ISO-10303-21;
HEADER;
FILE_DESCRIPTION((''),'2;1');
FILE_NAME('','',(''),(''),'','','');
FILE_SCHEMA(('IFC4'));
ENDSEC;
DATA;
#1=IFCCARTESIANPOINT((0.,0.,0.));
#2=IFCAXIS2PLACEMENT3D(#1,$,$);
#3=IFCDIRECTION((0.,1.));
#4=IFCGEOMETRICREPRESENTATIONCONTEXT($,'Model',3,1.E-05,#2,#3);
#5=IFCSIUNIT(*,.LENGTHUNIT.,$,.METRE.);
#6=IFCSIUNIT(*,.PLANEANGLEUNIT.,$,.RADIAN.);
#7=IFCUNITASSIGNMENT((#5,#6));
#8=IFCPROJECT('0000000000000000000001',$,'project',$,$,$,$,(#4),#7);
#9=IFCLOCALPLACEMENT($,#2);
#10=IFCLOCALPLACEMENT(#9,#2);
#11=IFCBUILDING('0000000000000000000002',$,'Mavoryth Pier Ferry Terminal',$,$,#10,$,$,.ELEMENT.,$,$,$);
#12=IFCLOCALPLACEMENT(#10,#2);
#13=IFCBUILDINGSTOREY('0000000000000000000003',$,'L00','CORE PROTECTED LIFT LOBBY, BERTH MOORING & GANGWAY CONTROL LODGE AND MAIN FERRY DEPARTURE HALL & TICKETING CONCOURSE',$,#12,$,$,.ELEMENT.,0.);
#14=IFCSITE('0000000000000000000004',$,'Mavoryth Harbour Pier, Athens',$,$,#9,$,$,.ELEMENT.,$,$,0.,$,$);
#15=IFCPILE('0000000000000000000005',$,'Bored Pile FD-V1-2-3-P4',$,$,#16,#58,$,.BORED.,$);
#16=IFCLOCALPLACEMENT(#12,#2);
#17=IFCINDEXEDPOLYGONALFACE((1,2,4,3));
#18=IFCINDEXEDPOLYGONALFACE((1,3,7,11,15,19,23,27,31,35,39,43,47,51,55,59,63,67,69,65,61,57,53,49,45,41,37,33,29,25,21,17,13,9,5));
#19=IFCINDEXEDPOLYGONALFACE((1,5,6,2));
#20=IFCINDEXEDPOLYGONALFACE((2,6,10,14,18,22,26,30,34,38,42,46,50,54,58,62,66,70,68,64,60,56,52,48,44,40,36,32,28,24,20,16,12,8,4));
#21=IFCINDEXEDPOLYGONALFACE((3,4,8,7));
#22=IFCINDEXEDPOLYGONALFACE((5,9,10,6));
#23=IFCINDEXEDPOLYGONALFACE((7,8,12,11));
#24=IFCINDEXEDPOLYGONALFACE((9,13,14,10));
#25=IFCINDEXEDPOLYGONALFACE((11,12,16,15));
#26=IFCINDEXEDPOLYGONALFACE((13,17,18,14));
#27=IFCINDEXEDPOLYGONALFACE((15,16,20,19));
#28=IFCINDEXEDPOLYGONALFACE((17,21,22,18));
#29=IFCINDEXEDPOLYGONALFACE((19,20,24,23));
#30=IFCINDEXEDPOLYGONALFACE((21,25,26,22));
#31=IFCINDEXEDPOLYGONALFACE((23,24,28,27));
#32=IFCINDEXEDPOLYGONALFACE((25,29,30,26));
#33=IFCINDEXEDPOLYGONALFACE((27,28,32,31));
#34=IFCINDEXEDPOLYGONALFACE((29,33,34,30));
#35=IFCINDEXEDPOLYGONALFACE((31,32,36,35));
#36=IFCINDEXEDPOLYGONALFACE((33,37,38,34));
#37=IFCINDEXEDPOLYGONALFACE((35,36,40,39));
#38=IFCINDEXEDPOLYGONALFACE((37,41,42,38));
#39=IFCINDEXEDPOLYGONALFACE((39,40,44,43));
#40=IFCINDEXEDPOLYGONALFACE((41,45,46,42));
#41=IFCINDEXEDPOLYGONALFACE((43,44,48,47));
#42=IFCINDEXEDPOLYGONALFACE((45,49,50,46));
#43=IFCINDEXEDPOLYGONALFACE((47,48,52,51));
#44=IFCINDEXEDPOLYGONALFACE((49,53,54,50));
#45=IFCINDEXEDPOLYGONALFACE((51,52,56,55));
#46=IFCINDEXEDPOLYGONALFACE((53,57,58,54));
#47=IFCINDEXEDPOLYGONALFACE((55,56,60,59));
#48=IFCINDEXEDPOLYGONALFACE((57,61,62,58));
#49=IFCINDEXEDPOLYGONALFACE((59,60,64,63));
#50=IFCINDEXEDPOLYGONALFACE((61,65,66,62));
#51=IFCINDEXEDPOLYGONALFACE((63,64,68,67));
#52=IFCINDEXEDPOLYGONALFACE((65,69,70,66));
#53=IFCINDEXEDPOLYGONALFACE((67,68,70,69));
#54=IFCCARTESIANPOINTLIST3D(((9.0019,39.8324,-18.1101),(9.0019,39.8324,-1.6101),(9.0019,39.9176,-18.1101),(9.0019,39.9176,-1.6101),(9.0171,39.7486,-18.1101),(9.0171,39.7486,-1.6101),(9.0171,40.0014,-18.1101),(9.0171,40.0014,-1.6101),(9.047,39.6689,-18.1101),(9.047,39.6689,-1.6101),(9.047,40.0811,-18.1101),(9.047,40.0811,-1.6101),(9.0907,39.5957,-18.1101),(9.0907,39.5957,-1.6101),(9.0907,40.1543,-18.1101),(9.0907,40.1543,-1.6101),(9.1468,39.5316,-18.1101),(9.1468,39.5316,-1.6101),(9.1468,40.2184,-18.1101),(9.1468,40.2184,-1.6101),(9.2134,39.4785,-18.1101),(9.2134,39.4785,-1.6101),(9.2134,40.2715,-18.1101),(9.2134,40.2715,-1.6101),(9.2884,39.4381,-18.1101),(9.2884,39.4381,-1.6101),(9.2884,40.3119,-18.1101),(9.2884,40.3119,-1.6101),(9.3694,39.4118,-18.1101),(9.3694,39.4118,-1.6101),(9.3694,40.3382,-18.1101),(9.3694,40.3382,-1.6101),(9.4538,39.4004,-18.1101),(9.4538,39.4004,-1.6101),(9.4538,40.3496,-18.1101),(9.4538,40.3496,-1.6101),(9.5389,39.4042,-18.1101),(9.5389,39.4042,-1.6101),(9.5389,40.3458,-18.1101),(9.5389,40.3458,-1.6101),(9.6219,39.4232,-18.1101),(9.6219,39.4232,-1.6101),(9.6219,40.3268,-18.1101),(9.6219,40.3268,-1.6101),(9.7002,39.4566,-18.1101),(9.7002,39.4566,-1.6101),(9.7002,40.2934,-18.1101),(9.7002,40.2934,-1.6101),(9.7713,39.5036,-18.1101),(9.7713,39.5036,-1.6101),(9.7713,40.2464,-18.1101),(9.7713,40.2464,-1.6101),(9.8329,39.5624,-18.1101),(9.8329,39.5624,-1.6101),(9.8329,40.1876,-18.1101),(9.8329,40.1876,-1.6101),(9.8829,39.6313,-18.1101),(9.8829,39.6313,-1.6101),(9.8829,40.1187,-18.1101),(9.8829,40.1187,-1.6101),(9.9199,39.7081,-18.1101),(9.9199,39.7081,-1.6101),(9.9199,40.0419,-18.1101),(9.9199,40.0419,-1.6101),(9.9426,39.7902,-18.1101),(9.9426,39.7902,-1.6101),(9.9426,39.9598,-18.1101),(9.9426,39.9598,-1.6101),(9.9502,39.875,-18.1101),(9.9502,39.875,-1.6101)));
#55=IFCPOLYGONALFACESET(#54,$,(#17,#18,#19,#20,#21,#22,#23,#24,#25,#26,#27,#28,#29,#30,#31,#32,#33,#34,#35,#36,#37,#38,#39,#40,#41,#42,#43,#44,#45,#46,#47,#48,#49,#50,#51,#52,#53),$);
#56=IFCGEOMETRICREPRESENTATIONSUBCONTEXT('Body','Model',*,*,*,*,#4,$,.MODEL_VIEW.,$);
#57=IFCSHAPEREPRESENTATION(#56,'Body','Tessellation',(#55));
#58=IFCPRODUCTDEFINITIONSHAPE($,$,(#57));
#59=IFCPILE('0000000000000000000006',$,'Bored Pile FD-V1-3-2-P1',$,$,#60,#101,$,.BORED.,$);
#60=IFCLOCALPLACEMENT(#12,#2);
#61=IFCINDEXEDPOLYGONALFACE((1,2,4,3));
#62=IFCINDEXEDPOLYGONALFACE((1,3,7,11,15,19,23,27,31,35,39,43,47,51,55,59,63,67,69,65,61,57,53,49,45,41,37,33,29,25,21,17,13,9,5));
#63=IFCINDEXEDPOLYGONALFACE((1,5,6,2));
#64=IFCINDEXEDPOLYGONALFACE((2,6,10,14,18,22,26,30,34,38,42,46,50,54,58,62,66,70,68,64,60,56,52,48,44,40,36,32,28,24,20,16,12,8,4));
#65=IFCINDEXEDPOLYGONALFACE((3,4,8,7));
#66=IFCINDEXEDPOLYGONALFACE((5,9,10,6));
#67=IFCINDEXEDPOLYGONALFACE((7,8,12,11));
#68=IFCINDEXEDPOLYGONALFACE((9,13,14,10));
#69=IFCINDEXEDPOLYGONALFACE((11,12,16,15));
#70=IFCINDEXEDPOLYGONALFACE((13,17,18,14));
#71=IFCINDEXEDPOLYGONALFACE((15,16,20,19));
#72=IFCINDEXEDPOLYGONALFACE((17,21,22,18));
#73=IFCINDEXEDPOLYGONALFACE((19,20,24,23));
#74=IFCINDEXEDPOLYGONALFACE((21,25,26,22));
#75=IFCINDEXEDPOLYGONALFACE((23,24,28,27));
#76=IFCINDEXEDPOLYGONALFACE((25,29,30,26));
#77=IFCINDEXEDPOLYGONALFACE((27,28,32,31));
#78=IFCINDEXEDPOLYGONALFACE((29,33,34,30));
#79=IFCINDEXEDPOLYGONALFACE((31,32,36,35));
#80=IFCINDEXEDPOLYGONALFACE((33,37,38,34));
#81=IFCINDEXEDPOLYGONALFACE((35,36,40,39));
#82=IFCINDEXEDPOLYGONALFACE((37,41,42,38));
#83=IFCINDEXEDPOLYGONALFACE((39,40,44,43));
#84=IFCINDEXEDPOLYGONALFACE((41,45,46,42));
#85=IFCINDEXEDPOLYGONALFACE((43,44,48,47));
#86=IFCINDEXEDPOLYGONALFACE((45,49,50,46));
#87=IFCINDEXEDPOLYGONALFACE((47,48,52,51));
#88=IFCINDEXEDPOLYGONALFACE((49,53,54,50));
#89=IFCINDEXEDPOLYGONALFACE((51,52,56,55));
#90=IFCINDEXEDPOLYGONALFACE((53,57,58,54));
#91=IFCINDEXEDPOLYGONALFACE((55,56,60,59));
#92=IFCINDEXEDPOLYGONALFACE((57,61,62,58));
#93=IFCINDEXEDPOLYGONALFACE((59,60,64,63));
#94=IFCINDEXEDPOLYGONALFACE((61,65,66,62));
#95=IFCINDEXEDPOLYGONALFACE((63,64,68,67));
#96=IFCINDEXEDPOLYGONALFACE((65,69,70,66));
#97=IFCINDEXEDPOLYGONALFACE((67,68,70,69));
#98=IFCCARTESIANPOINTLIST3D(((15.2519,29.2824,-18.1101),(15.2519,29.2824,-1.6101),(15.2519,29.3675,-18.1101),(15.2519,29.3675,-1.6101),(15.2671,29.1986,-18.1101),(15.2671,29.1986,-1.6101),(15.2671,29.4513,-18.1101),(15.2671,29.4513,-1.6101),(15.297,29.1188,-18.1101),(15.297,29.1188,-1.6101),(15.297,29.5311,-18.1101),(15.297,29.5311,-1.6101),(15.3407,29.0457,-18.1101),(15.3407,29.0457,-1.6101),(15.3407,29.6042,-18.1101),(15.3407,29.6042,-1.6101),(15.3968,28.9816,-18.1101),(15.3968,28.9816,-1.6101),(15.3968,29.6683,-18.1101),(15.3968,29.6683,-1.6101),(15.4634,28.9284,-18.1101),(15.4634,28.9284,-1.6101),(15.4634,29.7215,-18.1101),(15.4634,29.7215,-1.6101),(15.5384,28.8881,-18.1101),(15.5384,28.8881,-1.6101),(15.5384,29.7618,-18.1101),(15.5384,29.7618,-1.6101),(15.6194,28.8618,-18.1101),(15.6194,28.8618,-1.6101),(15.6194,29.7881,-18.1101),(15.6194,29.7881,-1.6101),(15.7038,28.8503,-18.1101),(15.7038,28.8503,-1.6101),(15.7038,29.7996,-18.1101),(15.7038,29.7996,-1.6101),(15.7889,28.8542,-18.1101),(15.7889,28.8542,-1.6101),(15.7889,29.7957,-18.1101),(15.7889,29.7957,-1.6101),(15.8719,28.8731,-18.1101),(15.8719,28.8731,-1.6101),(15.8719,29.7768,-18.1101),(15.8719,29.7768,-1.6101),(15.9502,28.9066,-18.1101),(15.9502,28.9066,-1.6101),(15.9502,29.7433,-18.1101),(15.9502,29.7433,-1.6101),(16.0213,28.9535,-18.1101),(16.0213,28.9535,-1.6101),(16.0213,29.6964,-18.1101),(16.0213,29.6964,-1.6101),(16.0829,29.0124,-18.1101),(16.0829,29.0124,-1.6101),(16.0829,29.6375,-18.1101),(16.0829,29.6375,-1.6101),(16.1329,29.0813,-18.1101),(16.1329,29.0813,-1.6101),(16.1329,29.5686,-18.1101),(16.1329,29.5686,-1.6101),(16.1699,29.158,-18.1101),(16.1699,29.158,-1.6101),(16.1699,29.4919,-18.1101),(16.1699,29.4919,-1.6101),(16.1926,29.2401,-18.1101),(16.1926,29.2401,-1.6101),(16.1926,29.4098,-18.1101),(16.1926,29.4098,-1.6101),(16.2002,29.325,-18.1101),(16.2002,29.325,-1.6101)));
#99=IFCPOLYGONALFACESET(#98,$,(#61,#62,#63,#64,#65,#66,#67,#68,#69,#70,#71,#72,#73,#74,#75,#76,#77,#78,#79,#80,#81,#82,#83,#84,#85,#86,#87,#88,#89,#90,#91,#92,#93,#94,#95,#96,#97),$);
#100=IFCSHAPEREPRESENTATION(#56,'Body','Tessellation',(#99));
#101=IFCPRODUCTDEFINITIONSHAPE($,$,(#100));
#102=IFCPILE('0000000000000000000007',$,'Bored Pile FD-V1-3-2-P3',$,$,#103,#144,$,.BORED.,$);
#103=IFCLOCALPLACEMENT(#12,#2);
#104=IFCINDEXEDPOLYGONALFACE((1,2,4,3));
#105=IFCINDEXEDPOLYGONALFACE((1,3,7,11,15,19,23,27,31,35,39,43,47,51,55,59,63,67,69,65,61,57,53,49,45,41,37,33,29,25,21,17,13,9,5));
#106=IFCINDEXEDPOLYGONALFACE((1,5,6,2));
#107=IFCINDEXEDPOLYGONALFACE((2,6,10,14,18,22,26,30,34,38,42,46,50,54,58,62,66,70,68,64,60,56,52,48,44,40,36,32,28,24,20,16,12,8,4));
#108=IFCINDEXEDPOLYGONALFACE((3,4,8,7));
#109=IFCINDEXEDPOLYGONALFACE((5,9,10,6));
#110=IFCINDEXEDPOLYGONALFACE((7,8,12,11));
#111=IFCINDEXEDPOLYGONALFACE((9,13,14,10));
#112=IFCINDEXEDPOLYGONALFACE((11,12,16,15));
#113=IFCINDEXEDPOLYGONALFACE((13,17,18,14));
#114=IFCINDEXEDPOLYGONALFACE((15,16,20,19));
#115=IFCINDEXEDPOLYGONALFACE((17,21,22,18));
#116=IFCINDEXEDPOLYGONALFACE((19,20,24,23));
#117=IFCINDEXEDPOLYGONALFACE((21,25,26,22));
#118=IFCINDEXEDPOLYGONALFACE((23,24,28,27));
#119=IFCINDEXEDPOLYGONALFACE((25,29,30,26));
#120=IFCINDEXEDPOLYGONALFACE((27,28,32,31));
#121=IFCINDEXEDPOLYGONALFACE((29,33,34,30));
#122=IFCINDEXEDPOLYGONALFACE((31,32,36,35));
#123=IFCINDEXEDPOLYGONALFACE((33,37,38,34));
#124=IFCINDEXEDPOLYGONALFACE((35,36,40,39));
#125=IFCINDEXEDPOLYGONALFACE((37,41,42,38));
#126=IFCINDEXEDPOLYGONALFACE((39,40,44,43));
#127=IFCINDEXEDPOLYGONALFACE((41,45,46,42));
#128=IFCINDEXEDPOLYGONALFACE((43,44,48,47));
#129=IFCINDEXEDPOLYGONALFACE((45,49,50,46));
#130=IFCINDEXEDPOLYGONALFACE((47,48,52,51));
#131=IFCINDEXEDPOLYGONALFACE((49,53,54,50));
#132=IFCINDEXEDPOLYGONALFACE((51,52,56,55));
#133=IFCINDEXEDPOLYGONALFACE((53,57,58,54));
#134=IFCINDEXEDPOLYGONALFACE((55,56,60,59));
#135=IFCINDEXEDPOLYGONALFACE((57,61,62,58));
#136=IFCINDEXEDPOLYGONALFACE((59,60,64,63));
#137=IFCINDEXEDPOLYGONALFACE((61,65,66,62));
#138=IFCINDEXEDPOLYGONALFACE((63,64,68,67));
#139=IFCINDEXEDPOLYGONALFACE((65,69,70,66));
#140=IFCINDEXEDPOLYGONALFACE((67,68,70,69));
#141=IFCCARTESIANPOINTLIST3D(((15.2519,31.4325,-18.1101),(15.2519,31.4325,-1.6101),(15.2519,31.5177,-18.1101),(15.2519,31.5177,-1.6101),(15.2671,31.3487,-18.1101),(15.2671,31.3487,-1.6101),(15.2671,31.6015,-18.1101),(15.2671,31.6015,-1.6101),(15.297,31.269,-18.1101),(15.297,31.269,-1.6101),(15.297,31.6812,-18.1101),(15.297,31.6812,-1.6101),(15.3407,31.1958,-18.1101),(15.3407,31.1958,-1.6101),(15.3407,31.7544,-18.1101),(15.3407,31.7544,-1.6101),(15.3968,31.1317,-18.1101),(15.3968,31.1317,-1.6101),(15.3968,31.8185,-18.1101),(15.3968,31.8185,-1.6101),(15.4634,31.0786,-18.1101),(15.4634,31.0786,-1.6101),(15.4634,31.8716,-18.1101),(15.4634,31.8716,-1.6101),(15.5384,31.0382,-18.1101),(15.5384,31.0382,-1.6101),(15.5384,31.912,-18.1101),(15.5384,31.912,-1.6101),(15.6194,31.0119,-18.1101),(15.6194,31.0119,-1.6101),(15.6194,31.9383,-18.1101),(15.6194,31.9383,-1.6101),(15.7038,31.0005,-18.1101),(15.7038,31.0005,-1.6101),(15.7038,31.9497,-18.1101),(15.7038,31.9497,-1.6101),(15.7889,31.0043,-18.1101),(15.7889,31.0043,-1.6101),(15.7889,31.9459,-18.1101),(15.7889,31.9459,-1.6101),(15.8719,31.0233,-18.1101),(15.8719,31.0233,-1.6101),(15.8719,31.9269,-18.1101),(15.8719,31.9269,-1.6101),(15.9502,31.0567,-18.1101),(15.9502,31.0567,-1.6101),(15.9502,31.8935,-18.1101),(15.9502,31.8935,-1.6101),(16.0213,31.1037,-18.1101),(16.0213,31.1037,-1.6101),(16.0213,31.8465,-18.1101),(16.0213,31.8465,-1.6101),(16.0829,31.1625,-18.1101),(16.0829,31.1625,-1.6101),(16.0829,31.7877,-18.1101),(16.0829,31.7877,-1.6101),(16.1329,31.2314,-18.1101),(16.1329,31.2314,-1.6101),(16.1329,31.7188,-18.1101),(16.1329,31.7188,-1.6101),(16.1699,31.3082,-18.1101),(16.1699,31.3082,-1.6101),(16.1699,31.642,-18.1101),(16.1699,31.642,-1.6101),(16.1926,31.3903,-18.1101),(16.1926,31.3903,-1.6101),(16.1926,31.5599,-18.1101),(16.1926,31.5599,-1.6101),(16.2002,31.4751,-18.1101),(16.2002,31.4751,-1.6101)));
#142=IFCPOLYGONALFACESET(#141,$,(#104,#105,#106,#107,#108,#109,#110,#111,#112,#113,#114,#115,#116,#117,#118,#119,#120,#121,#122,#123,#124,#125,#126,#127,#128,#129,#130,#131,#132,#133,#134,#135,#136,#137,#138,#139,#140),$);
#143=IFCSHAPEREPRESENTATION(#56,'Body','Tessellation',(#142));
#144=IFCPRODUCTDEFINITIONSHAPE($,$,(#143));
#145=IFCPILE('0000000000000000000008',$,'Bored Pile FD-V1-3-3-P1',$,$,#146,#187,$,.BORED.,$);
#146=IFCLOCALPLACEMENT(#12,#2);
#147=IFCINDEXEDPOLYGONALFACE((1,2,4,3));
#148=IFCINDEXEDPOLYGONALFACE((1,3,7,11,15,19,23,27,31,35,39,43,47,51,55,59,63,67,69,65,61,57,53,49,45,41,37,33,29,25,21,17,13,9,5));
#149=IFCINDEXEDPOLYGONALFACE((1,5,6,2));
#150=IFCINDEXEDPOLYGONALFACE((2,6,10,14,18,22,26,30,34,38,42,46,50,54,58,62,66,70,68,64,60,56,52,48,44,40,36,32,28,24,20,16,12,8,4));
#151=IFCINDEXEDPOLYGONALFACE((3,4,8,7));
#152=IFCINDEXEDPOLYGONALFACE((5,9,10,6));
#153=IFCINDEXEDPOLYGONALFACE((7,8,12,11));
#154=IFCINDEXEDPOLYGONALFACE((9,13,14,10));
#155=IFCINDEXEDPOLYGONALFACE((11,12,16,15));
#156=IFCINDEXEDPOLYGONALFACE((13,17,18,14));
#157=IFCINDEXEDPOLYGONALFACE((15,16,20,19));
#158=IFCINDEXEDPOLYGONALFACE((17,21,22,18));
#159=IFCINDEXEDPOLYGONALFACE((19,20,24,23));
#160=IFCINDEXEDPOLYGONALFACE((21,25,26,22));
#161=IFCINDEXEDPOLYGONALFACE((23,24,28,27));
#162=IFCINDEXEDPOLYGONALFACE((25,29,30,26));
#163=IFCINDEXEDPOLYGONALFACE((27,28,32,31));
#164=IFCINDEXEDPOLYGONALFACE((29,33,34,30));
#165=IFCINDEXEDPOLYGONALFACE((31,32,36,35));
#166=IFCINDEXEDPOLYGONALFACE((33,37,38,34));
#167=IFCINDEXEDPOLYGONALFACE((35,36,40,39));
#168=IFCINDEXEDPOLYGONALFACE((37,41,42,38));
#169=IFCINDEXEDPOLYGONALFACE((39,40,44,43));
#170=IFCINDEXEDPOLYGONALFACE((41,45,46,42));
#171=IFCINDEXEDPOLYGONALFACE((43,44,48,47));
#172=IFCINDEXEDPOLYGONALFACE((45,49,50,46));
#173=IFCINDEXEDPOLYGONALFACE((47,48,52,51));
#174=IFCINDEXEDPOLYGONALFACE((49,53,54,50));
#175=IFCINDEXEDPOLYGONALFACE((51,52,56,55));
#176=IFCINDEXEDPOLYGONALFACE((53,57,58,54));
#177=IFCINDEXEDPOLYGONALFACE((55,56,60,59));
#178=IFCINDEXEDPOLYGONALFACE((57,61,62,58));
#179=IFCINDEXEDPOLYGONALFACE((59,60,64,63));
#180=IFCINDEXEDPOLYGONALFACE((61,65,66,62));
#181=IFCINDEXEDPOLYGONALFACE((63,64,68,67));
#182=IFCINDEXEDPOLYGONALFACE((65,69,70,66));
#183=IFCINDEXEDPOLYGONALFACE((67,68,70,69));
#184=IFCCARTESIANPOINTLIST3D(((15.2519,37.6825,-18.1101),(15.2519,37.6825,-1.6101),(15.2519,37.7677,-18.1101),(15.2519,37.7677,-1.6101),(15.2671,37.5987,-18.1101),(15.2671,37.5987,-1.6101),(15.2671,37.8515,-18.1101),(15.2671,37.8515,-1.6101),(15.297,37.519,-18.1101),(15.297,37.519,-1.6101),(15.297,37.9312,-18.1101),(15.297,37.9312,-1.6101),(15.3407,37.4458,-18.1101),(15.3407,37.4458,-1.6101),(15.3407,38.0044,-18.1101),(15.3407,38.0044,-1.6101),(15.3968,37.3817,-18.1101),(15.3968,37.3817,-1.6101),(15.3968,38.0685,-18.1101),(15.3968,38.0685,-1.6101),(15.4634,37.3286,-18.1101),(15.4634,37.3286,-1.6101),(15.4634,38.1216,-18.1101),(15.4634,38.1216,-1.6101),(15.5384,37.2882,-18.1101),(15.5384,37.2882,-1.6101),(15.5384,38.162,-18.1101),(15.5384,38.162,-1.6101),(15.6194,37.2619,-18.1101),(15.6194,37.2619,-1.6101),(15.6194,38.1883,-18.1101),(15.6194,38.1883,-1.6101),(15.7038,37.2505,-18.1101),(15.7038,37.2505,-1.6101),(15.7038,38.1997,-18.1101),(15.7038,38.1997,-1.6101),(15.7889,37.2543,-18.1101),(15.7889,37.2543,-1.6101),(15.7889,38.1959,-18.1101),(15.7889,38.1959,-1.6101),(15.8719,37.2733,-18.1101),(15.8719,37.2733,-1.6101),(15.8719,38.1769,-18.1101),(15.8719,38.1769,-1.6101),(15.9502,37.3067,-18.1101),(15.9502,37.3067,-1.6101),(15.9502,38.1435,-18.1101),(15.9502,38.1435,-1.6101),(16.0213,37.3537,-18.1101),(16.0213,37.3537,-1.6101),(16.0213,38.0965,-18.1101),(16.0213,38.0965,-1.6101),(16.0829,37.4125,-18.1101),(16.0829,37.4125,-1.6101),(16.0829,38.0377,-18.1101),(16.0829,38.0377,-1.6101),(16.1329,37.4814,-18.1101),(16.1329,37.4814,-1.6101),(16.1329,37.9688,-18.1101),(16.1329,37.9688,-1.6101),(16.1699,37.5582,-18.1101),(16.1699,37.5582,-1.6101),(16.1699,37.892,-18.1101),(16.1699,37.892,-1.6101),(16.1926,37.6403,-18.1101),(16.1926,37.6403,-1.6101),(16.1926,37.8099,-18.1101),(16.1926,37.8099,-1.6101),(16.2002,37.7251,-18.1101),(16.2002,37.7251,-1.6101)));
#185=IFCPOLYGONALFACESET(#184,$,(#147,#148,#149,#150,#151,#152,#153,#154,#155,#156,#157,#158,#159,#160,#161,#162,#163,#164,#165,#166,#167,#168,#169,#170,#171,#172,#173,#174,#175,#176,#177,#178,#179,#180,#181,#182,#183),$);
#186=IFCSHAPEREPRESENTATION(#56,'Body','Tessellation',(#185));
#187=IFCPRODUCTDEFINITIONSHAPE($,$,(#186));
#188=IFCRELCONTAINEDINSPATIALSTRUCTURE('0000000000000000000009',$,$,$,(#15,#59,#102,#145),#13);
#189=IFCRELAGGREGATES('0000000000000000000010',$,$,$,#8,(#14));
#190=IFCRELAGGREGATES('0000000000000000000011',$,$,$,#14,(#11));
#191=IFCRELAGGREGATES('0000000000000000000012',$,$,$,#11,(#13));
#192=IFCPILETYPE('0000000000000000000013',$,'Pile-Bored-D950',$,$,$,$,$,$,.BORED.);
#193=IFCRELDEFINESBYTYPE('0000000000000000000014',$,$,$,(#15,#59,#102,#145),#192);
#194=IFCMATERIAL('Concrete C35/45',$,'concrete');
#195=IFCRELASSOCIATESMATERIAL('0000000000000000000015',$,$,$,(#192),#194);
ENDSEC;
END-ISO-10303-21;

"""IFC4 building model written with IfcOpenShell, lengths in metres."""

from ifc_helpers import new_model, si_unit, direction, frame, origin, origin_2d, place, context, subcontext, project, spatial, circle, extrude, material, material_profile, profile_set, type_object, element, save


model = new_model("IFC4")

# Units and contexts
model_context = context("Model", 3, precision=1e-05, world=origin(), true_north=direction((0.0, 1.0)))
body_context = subcontext(model_context, "Body", "Model", "MODEL_VIEW")
ifc_project = project(units=[si_unit("LENGTHUNIT", "METRE"), si_unit("PLANEANGLEUNIT", "RADIAN")], contexts=[model_context])

# Site, building, storey
site_placement = place(None, origin())
site = spatial("IfcSite", under=ifc_project, at=site_placement, Name="Mavoryth Harbour Pier, Athens", CompositionType="ELEMENT", RefElevation=0.0)
building_placement = place(site_placement, origin())
building = spatial("IfcBuilding", under=site, at=building_placement, Name="Mavoryth Pier Ferry Terminal", CompositionType="ELEMENT")
storey_placement = place(building_placement, origin())
storey = spatial("IfcBuildingStorey", under=building, at=storey_placement, Name="L00", Description="CORE PROTECTED LIFT LOBBY, BERTH MOORING & GANGWAY CONTROL LODGE AND MAIN FERRY DEPARTURE HALL & TICKETING CONCOURSE", CompositionType="ELEMENT", Elevation=0.0)

# Shared definitions
ifc_material_1 = material(Name="Concrete C35/45", Category="concrete")

# Piles
ifc_material_profile_1 = material_profile(ifc_material_1, circle(Radius=0.4751, at=origin_2d()), Name="PILE D950", Category="concrete")
ifc_profile_set_1 = profile_set([ifc_material_profile_1], Name="Concrete C35/45 - PILE D950")
pile_type = type_object("IfcPileType", Name="Pile-Bored-D950", PredefinedType="BORED", material=ifc_profile_set_1)
for number, where, z_axis, x_axis, name in (
    (1, (9.4751, 39.875, -1.6101), (0.0, 0.0, -1.0), (1.0, 0.0, 0.0), "Bored Pile FD-V1-2-3-P4"),
    (2, (15.7251, 29.325, -1.6101), (0.0, 0.0, -1.0), (1.0, 0.0, 0.0), "Bored Pile FD-V1-3-2-P1"),
    (3, (15.7251, 31.4751, -1.6101), (0.0, 0.0, -1.0), (1.0, 0.0, 0.0), "Bored Pile FD-V1-3-2-P3"),
    (4, (15.7251, 37.7251, -1.6101), (0.0, 0.0, -1.0), (1.0, 0.0, 0.0), "Bored Pile FD-V1-3-3-P1"),
):
    element("IfcPile", number, at=place(storey_placement, frame(where, z_axis=z_axis, x_axis=x_axis)), inside=storey, type_object=pile_type, Name=name, PredefinedType="BORED", context=body_context, shape_type="SweptSolid", body=[
        extrude(circle(Radius=0.4751, at=origin_2d()), origin(), (0.0, 0.0, 1.0), 16.5),
    ])

save(model, "model.ifc")
